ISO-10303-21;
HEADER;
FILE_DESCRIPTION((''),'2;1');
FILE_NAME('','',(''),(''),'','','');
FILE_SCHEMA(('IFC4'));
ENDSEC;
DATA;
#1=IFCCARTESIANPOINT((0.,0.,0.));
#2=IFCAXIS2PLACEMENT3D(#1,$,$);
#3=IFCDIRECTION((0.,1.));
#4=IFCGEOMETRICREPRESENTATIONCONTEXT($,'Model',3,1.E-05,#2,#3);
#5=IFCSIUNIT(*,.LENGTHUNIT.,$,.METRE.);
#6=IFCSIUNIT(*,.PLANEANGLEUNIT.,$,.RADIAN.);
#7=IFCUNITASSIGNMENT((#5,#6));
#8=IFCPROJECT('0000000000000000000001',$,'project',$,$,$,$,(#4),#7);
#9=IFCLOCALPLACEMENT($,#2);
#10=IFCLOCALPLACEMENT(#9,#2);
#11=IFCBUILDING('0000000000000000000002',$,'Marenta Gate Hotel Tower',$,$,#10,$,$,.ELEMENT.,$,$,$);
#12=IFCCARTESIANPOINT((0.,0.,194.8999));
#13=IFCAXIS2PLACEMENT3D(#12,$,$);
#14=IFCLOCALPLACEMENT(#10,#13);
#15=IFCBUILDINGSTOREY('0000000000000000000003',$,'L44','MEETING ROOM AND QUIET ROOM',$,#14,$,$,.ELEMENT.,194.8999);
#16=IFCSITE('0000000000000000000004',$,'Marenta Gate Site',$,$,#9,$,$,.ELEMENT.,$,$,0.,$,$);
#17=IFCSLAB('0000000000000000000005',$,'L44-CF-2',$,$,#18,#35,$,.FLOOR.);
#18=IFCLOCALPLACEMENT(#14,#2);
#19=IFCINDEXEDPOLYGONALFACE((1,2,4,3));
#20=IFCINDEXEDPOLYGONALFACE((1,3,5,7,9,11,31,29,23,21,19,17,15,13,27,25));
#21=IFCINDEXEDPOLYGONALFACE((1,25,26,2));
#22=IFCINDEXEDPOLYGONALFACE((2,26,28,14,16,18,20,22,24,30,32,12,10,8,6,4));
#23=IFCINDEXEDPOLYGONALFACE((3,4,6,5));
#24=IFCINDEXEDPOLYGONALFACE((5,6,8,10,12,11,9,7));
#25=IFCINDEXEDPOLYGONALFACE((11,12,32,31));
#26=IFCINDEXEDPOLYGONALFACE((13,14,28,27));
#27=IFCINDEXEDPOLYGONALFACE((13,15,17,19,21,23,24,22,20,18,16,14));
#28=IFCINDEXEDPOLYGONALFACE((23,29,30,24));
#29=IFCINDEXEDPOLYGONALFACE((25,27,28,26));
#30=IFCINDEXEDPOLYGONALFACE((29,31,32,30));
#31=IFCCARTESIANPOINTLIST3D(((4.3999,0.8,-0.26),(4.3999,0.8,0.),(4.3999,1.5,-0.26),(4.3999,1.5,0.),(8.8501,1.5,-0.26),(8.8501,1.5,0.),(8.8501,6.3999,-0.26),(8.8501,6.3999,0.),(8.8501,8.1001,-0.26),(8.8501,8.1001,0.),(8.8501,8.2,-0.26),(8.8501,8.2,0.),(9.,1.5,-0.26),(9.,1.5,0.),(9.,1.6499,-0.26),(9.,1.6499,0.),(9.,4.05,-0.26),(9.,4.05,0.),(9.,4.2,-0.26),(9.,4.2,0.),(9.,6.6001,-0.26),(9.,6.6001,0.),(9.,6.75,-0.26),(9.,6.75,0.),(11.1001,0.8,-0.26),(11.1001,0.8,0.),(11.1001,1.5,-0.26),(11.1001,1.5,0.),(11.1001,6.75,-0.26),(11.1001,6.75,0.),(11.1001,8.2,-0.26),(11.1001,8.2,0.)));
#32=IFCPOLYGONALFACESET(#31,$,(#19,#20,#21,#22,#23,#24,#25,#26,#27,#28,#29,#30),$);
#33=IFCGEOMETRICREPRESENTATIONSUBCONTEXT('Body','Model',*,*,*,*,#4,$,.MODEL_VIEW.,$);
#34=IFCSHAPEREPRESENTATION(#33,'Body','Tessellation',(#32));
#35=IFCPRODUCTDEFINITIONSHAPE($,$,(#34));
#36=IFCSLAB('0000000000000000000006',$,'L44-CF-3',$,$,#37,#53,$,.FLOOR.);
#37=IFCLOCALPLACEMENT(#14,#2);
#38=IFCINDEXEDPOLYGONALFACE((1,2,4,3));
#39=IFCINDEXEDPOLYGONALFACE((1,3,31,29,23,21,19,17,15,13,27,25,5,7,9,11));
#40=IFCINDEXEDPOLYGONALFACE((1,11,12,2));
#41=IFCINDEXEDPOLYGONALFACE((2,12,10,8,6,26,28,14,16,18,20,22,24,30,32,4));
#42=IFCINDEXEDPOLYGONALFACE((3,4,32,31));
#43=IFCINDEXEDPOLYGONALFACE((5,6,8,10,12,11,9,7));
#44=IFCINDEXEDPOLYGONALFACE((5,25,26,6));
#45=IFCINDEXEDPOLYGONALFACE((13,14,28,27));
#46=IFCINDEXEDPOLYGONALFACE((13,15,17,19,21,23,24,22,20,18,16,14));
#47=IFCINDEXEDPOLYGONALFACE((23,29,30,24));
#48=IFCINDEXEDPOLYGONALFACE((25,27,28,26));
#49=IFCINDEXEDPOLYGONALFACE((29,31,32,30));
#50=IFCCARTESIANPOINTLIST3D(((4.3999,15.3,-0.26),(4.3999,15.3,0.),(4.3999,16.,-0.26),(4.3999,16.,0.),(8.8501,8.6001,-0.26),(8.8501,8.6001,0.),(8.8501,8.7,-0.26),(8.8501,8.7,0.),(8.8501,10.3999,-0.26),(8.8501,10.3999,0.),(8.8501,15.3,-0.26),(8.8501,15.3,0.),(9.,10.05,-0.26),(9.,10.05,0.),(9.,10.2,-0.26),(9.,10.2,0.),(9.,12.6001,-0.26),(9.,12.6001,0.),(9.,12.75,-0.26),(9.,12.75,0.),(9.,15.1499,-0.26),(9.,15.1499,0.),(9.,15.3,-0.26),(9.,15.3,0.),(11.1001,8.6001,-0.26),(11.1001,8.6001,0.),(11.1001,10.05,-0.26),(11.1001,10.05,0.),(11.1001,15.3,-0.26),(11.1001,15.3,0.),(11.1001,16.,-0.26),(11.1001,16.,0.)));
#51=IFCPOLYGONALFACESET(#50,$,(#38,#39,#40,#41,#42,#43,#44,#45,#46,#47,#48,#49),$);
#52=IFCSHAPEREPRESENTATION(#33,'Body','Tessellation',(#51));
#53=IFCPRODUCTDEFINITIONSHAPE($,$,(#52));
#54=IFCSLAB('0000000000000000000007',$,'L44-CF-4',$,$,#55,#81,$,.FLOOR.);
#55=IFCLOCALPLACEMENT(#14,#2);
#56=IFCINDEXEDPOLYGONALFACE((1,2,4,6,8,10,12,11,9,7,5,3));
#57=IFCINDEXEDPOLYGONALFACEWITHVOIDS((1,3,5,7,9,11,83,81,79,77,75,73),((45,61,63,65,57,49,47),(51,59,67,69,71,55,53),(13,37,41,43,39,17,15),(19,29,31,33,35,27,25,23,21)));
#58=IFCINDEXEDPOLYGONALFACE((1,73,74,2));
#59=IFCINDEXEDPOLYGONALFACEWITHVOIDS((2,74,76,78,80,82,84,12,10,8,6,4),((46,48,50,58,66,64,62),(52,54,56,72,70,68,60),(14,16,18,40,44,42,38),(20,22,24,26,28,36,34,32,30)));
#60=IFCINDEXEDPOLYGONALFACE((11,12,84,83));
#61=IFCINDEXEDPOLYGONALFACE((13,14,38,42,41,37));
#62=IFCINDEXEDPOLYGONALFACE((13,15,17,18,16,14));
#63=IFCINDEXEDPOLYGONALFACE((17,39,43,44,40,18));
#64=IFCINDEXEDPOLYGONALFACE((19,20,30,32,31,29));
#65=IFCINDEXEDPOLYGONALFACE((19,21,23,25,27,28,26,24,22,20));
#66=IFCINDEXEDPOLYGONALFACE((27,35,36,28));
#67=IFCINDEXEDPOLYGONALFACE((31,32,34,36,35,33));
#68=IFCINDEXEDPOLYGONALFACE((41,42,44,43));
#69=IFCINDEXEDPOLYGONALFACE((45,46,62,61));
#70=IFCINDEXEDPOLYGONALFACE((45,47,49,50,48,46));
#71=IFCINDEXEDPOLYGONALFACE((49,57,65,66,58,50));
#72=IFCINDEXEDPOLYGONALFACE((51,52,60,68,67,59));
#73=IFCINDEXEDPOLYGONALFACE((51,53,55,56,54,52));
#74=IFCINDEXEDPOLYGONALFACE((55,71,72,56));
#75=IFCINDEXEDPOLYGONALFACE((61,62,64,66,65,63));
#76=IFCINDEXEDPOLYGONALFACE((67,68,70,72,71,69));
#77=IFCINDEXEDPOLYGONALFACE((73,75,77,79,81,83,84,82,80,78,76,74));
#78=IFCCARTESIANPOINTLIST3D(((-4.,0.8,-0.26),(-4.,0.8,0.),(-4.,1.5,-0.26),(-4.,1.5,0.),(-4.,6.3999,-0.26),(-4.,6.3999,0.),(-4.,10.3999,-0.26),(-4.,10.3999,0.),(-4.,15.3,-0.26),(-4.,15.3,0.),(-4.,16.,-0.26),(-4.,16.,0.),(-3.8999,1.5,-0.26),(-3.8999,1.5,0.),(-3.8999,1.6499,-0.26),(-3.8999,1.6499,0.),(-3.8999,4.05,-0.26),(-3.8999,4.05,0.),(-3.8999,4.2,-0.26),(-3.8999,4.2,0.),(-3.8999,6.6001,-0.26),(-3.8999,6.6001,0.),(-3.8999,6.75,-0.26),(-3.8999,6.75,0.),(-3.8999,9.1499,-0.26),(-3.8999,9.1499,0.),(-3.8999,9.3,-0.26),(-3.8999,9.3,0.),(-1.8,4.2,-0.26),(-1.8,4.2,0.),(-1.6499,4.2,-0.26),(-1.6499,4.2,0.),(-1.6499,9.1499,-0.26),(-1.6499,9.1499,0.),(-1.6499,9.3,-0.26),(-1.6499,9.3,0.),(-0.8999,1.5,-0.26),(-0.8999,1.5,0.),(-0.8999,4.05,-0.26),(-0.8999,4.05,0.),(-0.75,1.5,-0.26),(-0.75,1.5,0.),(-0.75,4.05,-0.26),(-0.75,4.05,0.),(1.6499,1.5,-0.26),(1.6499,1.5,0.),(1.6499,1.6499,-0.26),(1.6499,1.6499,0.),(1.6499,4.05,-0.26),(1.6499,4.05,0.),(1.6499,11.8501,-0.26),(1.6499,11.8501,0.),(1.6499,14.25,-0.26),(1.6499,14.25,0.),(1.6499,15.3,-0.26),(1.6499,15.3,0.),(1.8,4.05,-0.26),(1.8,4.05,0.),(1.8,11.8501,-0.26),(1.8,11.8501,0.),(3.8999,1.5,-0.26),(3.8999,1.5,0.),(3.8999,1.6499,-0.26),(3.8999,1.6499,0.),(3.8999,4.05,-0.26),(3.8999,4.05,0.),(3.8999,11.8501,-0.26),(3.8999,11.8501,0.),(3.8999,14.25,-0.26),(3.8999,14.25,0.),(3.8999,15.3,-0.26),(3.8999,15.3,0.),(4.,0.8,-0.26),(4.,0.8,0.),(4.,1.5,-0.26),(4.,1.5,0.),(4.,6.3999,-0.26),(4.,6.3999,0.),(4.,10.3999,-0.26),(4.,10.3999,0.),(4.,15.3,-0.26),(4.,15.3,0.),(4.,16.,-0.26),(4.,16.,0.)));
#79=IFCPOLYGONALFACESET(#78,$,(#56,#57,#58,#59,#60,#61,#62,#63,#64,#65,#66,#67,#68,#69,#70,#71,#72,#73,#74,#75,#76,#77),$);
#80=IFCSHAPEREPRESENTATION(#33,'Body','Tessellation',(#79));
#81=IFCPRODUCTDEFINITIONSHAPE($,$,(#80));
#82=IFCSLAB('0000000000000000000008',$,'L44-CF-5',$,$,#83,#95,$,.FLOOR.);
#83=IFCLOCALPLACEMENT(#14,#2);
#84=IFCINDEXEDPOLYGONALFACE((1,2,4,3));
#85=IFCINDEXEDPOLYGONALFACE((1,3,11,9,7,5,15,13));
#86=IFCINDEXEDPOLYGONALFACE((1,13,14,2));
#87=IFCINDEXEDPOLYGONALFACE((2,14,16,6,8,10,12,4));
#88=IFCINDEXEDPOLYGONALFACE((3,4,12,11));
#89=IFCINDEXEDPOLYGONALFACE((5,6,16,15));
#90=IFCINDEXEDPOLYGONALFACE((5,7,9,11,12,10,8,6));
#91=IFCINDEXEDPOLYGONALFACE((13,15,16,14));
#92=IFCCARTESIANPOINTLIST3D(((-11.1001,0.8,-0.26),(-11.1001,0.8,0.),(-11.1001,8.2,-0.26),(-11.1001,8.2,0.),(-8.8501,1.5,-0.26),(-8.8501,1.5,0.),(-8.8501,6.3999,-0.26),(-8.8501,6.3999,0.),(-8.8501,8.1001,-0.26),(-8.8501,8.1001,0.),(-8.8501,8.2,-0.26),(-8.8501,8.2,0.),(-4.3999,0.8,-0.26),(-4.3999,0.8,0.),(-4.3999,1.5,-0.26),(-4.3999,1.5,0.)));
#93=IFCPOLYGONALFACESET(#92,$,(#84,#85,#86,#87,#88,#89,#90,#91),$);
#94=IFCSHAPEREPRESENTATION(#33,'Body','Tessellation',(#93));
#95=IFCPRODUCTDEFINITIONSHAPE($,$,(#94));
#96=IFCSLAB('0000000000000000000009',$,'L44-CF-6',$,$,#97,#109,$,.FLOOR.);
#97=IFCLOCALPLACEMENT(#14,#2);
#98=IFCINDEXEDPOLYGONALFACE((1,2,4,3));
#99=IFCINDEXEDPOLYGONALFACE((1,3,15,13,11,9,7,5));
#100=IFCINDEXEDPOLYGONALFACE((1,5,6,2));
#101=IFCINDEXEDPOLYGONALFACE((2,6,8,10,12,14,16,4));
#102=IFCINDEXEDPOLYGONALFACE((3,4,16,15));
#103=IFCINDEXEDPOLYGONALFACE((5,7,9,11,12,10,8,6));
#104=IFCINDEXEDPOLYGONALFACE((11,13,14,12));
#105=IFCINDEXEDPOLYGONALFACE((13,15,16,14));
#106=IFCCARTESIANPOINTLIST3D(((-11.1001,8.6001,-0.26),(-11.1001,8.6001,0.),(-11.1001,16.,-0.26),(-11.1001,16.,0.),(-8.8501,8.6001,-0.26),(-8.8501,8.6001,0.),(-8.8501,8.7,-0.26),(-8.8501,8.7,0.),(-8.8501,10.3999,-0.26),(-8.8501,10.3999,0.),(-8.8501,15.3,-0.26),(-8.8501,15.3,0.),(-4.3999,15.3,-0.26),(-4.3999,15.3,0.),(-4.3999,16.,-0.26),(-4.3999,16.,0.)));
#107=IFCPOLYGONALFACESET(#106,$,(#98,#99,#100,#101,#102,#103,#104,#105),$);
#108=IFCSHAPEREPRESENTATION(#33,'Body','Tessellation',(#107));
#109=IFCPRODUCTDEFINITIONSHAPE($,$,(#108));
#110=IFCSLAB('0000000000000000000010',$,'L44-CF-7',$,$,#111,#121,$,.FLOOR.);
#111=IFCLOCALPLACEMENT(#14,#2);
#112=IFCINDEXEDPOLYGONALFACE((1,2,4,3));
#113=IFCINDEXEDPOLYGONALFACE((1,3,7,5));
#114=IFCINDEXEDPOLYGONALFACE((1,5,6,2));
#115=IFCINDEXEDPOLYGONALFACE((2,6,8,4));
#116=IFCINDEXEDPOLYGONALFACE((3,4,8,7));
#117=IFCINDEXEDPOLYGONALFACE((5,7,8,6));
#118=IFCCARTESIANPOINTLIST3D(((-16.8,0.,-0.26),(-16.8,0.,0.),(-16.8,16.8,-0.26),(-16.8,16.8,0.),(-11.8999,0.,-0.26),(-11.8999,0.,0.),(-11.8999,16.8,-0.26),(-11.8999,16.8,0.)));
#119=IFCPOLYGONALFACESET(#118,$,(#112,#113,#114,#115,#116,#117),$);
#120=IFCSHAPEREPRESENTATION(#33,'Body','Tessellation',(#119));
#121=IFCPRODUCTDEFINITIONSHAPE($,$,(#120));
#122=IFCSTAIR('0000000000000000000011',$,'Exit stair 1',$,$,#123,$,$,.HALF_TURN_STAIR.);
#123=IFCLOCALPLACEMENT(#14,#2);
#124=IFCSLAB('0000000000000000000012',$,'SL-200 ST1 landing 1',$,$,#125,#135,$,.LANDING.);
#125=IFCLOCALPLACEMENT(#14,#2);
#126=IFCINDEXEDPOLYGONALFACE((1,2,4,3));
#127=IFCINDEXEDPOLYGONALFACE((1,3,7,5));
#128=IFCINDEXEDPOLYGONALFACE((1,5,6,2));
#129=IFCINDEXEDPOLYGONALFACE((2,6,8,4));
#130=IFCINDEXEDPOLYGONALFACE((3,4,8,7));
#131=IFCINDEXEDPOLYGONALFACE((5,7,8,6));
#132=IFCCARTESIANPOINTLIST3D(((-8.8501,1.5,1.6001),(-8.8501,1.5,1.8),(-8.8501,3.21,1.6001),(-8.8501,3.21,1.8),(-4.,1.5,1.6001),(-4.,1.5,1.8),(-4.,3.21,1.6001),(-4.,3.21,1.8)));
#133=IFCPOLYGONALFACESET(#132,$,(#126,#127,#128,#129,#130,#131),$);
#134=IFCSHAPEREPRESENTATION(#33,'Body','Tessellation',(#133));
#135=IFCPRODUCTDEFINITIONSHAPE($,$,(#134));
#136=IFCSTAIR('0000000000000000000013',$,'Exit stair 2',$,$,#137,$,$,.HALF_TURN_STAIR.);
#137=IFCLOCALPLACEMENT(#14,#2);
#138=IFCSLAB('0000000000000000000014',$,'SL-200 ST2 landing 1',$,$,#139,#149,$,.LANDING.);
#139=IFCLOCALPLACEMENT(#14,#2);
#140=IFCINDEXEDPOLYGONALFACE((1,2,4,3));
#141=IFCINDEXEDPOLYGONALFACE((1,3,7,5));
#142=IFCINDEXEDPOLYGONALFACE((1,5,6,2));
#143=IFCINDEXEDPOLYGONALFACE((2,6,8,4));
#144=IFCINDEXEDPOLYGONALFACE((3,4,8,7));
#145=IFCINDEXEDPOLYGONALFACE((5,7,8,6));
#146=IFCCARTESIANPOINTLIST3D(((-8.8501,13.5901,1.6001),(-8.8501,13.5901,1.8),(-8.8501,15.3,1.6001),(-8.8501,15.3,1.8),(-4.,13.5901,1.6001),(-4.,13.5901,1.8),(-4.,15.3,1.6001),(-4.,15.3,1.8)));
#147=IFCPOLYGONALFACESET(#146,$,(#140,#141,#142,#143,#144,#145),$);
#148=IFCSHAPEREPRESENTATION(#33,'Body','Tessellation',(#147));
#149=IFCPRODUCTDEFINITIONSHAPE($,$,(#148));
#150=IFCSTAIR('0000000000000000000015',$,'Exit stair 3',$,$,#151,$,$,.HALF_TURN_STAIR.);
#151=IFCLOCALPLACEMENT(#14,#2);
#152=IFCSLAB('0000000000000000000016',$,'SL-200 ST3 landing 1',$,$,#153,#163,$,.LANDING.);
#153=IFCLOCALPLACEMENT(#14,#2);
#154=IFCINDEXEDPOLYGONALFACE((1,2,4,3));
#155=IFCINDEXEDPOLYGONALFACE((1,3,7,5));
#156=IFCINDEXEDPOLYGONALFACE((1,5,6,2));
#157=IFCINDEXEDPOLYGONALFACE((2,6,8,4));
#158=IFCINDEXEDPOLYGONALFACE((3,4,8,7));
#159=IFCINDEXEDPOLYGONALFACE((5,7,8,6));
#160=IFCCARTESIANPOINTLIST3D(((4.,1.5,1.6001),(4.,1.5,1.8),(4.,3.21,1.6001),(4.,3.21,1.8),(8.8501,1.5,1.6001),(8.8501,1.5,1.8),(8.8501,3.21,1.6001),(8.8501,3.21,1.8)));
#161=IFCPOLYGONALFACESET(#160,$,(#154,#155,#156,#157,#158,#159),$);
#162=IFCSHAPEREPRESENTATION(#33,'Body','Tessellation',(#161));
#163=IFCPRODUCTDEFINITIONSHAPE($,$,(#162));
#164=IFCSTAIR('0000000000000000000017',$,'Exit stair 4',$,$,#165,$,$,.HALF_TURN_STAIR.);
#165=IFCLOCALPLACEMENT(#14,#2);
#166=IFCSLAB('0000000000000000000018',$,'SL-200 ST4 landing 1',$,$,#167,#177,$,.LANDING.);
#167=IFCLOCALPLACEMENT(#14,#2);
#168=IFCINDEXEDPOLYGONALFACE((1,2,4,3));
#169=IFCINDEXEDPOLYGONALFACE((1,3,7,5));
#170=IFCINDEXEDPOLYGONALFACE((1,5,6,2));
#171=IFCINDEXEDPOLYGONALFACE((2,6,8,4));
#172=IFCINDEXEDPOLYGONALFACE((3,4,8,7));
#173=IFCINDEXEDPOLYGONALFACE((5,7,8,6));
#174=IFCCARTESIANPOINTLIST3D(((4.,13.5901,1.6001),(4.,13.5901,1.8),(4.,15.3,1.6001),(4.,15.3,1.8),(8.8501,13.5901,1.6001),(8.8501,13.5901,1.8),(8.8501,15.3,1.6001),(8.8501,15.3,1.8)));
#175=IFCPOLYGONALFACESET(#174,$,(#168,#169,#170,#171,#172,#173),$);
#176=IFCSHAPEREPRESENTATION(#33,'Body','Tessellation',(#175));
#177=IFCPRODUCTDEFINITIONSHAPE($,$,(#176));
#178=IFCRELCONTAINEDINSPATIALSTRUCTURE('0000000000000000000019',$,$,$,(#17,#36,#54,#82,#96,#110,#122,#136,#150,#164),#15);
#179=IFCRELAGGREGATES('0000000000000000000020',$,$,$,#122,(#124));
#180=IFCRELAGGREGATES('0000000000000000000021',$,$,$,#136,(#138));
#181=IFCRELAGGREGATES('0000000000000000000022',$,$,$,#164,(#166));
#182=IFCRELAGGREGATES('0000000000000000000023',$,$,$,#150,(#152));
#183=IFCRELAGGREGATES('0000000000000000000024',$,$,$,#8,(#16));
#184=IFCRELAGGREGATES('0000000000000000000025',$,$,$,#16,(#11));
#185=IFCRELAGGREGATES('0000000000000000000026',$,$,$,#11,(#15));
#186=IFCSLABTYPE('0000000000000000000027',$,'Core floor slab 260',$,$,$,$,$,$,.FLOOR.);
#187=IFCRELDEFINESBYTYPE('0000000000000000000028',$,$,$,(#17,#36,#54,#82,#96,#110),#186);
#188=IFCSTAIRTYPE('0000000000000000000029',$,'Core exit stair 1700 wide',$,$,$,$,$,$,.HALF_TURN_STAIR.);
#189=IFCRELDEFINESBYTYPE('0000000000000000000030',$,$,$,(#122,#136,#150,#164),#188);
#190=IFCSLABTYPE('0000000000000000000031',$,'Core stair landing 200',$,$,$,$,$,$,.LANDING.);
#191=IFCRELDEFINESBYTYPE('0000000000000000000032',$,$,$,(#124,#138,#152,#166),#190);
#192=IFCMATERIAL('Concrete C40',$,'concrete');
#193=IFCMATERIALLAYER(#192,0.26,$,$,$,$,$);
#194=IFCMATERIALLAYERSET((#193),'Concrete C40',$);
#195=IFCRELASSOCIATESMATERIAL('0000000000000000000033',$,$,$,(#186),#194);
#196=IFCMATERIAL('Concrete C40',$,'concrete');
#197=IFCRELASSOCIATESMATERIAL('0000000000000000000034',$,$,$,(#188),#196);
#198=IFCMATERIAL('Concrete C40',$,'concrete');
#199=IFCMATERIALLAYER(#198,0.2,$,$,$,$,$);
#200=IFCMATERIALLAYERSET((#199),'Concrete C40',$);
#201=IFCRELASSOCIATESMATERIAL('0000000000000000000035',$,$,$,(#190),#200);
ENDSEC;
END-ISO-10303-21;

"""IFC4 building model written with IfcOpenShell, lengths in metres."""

from ifc_helpers import new_model, si_unit, direction, frame, origin, place, context, subcontext, project, spatial, polyline, outline, extrude, material, layer, layer_set, type_object, element, aggregate, save


model = new_model("IFC4")

# Units and contexts
model_context = context("Model", 3, precision=1e-05, world=origin(), true_north=direction((0.0, 1.0)))
body_context = subcontext(model_context, "Body", "Model", "MODEL_VIEW")
ifc_project = project(units=[si_unit("LENGTHUNIT", "METRE"), si_unit("PLANEANGLEUNIT", "RADIAN")], contexts=[model_context])

# Site, building, storey
site_placement = place(None, origin())
site = spatial("IfcSite", under=ifc_project, at=site_placement, Name="Marenta Gate Site", CompositionType="ELEMENT", RefElevation=0.0)
building_placement = place(site_placement, origin())
building = spatial("IfcBuilding", under=site, at=building_placement, Name="Marenta Gate Hotel Tower", CompositionType="ELEMENT")
storey_placement = place(building_placement, frame((0.0, 0.0, 194.8999)))
storey = spatial("IfcBuildingStorey", under=building, at=storey_placement, Name="L44", Description="MEETING ROOM AND QUIET ROOM", CompositionType="ELEMENT", Elevation=194.8999)

# Slabs
ifc_material_1 = material(Name="Concrete C40", Category="concrete")
ifc_layer_1 = layer(ifc_material_1, 0.26)
ifc_layer_set_1 = layer_set([ifc_layer_1], Name="Concrete C40")
slab_type_1 = type_object("IfcSlabType", Name="Core floor slab 260", PredefinedType="FLOOR", material=ifc_layer_set_1)
slab_1_placement = place(storey_placement, frame((0.0, 0.0, -0.26)))
element("IfcSlab", 1, at=slab_1_placement, inside=storey, type_object=slab_type_1, Name="L44-CF-2", PredefinedType="FLOOR", context=body_context, shape_type="SweptSolid", body=[
    extrude(outline(polyline([(8.8501, 1.5), (8.8501, 6.3999), (8.8501, 8.1001), (8.8501, 8.2), (11.1001, 8.2), (11.1001, 6.75), (9.0, 6.75), (9.0, 6.6001), (9.0, 4.2), (9.0, 4.05), (9.0, 1.6499), (9.0, 1.5), (11.1001, 1.5), (11.1001, 0.8), (4.3999, 0.8), (4.3999, 1.5), (8.8501, 1.5)])), origin(), (0.0, 0.0, 1.0), 0.26),
])
slab_2_placement = place(storey_placement, frame((0.0, 0.0, -0.26)))
element("IfcSlab", 2, at=slab_2_placement, inside=storey, type_object=slab_type_1, Name="L44-CF-3", PredefinedType="FLOOR", context=body_context, shape_type="SweptSolid", body=[
    extrude(outline(polyline([(8.8501, 15.3), (4.3999, 15.3), (4.3999, 16.0), (11.1001, 16.0), (11.1001, 15.3), (9.0, 15.3), (9.0, 15.1499), (9.0, 12.75), (9.0, 12.6001), (9.0, 10.2), (9.0, 10.05), (11.1001, 10.05), (11.1001, 8.6001), (8.8501, 8.6001), (8.8501, 8.7), (8.8501, 10.3999), (8.8501, 15.3)])), origin(), (0.0, 0.0, 1.0), 0.26),
])
slab_3_placement = place(storey_placement, frame((0.0, 0.0, -0.26)))
element("IfcSlab", 3, at=slab_3_placement, inside=storey, type_object=slab_type_1, Name="L44-CF-4", PredefinedType="FLOOR", context=body_context, shape_type="SweptSolid", body=[
    extrude(outline(polyline([(4.0, 15.3), (4.0, 10.3999), (4.0, 6.3999), (4.0, 1.5), (4.0, 0.8), (-4.0, 0.8), (-4.0, 1.5), (-4.0, 6.3999), (-4.0, 10.3999), (-4.0, 15.3), (-4.0, 16.0), (4.0, 16.0), (4.0, 15.3)]), holes=[polyline([(1.6499, 14.25), (1.6499, 11.8501), (1.8, 11.8501), (3.8999, 11.8501), (3.8999, 14.25), (3.8999, 15.3), (1.6499, 15.3), (1.6499, 14.25)]), polyline([(3.8999, 1.6499), (3.8999, 4.05), (1.8, 4.05), (1.6499, 4.05), (1.6499, 1.6499), (1.6499, 1.5), (3.8999, 1.5), (3.8999, 1.6499)]), polyline([(-3.8999, 1.6499), (-3.8999, 1.5), (-0.8999, 1.5), (-0.75, 1.5), (-0.75, 4.05), (-0.8999, 4.05), (-3.8999, 4.05), (-3.8999, 1.6499)]), polyline([(-1.8, 4.2), (-1.6499, 4.2), (-1.6499, 9.1499), (-1.6499, 9.3), (-3.8999, 9.3), (-3.8999, 9.1499), (-3.8999, 6.75), (-3.8999, 6.6001), (-3.8999, 4.2), (-1.8, 4.2)])]), origin(), (0.0, 0.0, 1.0), 0.26),
])
slab_4_placement = place(storey_placement, frame((0.0, 0.0, -0.26)))
element("IfcSlab", 4, at=slab_4_placement, inside=storey, type_object=slab_type_1, Name="L44-CF-5", PredefinedType="FLOOR", context=body_context, shape_type="SweptSolid", body=[
    extrude(outline(polyline([(-8.8501, 8.2), (-8.8501, 8.1001), (-8.8501, 6.3999), (-8.8501, 1.5), (-4.3999, 1.5), (-4.3999, 0.8), (-11.1001, 0.8), (-11.1001, 8.2), (-8.8501, 8.2)])), origin(), (0.0, 0.0, 1.0), 0.26),
])
slab_5_placement = place(storey_placement, frame((0.0, 0.0, -0.26)))
element("IfcSlab", 5, at=slab_5_placement, inside=storey, type_object=slab_type_1, Name="L44-CF-6", PredefinedType="FLOOR", context=body_context, shape_type="SweptSolid", body=[
    extrude(outline(polyline([(-4.3999, 15.3), (-8.8501, 15.3), (-8.8501, 10.3999), (-8.8501, 8.7), (-8.8501, 8.6001), (-11.1001, 8.6001), (-11.1001, 16.0), (-4.3999, 16.0), (-4.3999, 15.3)])), origin(), (0.0, 0.0, 1.0), 0.26),
])
slab_6_placement = place(storey_placement, frame((0.0, 0.0, -0.26)))
element("IfcSlab", 6, at=slab_6_placement, inside=storey, type_object=slab_type_1, Name="L44-CF-7", PredefinedType="FLOOR", context=body_context, shape_type="SweptSolid", body=[
    extrude(outline(polyline([(-11.8999, 16.8), (-11.8999, 0.0), (-16.8, 0.0), (-16.8, 16.8), (-11.8999, 16.8)])), origin(), (0.0, 0.0, 1.0), 0.26),
])

# Stairs, slabs
ifc_material_2 = material(Name="Concrete C40", Category="concrete")
stair_type_1 = type_object("IfcStairType", Name="Core exit stair 1700 wide", PredefinedType="HALF_TURN_STAIR", material=ifc_material_2)
stair_1_placement = place(storey_placement, origin())
stair_1 = element("IfcStair", 7, at=stair_1_placement, inside=storey, type_object=stair_type_1, Name="Exit stair 1", PredefinedType="HALF_TURN_STAIR")
ifc_material_3 = material(Name="Concrete C40", Category="concrete")
ifc_layer_2 = layer(ifc_material_3, 0.2)
ifc_layer_set_2 = layer_set([ifc_layer_2], Name="Concrete C40")
slab_type_2 = type_object("IfcSlabType", Name="Core stair landing 200", PredefinedType="LANDING", material=ifc_layer_set_2)
slab_7_placement = place(storey_placement, frame((0.0, 0.0, 1.6001)))
slab_7 = element("IfcSlab", 8, at=slab_7_placement, type_object=slab_type_2, Name="SL-200 ST1 landing 1", PredefinedType="LANDING", context=body_context, shape_type="SweptSolid", body=[
    extrude(outline(polyline([(-8.8501, 1.5), (-4.0, 1.5), (-4.0, 3.21), (-8.8501, 3.21), (-8.8501, 1.5)])), origin(), (0.0, 0.0, 1.0), 0.2),
])
aggregate(stair_1, [slab_7])
stair_2_placement = place(storey_placement, origin())
stair_2 = element("IfcStair", 9, at=stair_2_placement, inside=storey, type_object=stair_type_1, Name="Exit stair 2", PredefinedType="HALF_TURN_STAIR")
slab_8_placement = place(storey_placement, frame((0.0, 0.0, 1.6001)))
slab_8 = element("IfcSlab", 10, at=slab_8_placement, type_object=slab_type_2, Name="SL-200 ST2 landing 1", PredefinedType="LANDING", context=body_context, shape_type="SweptSolid", body=[
    extrude(outline(polyline([(-8.8501, 13.5901), (-4.0, 13.5901), (-4.0, 15.3), (-8.8501, 15.3), (-8.8501, 13.5901)])), origin(), (0.0, 0.0, 1.0), 0.2),
])
aggregate(stair_2, [slab_8])
stair_3_placement = place(storey_placement, origin())
stair_3 = element("IfcStair", 11, at=stair_3_placement, inside=storey, type_object=stair_type_1, Name="Exit stair 3", PredefinedType="HALF_TURN_STAIR")
slab_9_placement = place(storey_placement, frame((0.0, 0.0, 1.6001)))
slab_9 = element("IfcSlab", 12, at=slab_9_placement, type_object=slab_type_2, Name="SL-200 ST3 landing 1", PredefinedType="LANDING", context=body_context, shape_type="SweptSolid", body=[
    extrude(outline(polyline([(4.0, 1.5), (8.8501, 1.5), (8.8501, 3.21), (4.0, 3.21), (4.0, 1.5)])), origin(), (0.0, 0.0, 1.0), 0.2),
])
stair_4_placement = place(storey_placement, origin())
stair_4 = element("IfcStair", 13, at=stair_4_placement, inside=storey, type_object=stair_type_1, Name="Exit stair 4", PredefinedType="HALF_TURN_STAIR")
slab_10_placement = place(storey_placement, frame((0.0, 0.0, 1.6001)))
slab_10 = element("IfcSlab", 14, at=slab_10_placement, type_object=slab_type_2, Name="SL-200 ST4 landing 1", PredefinedType="LANDING", context=body_context, shape_type="SweptSolid", body=[
    extrude(outline(polyline([(4.0, 13.5901), (8.8501, 13.5901), (8.8501, 15.3), (4.0, 15.3), (4.0, 13.5901)])), origin(), (0.0, 0.0, 1.0), 0.2),
])
aggregate(stair_4, [slab_10])

aggregate(stair_3, [slab_9])

save(model, "model.ifc")
